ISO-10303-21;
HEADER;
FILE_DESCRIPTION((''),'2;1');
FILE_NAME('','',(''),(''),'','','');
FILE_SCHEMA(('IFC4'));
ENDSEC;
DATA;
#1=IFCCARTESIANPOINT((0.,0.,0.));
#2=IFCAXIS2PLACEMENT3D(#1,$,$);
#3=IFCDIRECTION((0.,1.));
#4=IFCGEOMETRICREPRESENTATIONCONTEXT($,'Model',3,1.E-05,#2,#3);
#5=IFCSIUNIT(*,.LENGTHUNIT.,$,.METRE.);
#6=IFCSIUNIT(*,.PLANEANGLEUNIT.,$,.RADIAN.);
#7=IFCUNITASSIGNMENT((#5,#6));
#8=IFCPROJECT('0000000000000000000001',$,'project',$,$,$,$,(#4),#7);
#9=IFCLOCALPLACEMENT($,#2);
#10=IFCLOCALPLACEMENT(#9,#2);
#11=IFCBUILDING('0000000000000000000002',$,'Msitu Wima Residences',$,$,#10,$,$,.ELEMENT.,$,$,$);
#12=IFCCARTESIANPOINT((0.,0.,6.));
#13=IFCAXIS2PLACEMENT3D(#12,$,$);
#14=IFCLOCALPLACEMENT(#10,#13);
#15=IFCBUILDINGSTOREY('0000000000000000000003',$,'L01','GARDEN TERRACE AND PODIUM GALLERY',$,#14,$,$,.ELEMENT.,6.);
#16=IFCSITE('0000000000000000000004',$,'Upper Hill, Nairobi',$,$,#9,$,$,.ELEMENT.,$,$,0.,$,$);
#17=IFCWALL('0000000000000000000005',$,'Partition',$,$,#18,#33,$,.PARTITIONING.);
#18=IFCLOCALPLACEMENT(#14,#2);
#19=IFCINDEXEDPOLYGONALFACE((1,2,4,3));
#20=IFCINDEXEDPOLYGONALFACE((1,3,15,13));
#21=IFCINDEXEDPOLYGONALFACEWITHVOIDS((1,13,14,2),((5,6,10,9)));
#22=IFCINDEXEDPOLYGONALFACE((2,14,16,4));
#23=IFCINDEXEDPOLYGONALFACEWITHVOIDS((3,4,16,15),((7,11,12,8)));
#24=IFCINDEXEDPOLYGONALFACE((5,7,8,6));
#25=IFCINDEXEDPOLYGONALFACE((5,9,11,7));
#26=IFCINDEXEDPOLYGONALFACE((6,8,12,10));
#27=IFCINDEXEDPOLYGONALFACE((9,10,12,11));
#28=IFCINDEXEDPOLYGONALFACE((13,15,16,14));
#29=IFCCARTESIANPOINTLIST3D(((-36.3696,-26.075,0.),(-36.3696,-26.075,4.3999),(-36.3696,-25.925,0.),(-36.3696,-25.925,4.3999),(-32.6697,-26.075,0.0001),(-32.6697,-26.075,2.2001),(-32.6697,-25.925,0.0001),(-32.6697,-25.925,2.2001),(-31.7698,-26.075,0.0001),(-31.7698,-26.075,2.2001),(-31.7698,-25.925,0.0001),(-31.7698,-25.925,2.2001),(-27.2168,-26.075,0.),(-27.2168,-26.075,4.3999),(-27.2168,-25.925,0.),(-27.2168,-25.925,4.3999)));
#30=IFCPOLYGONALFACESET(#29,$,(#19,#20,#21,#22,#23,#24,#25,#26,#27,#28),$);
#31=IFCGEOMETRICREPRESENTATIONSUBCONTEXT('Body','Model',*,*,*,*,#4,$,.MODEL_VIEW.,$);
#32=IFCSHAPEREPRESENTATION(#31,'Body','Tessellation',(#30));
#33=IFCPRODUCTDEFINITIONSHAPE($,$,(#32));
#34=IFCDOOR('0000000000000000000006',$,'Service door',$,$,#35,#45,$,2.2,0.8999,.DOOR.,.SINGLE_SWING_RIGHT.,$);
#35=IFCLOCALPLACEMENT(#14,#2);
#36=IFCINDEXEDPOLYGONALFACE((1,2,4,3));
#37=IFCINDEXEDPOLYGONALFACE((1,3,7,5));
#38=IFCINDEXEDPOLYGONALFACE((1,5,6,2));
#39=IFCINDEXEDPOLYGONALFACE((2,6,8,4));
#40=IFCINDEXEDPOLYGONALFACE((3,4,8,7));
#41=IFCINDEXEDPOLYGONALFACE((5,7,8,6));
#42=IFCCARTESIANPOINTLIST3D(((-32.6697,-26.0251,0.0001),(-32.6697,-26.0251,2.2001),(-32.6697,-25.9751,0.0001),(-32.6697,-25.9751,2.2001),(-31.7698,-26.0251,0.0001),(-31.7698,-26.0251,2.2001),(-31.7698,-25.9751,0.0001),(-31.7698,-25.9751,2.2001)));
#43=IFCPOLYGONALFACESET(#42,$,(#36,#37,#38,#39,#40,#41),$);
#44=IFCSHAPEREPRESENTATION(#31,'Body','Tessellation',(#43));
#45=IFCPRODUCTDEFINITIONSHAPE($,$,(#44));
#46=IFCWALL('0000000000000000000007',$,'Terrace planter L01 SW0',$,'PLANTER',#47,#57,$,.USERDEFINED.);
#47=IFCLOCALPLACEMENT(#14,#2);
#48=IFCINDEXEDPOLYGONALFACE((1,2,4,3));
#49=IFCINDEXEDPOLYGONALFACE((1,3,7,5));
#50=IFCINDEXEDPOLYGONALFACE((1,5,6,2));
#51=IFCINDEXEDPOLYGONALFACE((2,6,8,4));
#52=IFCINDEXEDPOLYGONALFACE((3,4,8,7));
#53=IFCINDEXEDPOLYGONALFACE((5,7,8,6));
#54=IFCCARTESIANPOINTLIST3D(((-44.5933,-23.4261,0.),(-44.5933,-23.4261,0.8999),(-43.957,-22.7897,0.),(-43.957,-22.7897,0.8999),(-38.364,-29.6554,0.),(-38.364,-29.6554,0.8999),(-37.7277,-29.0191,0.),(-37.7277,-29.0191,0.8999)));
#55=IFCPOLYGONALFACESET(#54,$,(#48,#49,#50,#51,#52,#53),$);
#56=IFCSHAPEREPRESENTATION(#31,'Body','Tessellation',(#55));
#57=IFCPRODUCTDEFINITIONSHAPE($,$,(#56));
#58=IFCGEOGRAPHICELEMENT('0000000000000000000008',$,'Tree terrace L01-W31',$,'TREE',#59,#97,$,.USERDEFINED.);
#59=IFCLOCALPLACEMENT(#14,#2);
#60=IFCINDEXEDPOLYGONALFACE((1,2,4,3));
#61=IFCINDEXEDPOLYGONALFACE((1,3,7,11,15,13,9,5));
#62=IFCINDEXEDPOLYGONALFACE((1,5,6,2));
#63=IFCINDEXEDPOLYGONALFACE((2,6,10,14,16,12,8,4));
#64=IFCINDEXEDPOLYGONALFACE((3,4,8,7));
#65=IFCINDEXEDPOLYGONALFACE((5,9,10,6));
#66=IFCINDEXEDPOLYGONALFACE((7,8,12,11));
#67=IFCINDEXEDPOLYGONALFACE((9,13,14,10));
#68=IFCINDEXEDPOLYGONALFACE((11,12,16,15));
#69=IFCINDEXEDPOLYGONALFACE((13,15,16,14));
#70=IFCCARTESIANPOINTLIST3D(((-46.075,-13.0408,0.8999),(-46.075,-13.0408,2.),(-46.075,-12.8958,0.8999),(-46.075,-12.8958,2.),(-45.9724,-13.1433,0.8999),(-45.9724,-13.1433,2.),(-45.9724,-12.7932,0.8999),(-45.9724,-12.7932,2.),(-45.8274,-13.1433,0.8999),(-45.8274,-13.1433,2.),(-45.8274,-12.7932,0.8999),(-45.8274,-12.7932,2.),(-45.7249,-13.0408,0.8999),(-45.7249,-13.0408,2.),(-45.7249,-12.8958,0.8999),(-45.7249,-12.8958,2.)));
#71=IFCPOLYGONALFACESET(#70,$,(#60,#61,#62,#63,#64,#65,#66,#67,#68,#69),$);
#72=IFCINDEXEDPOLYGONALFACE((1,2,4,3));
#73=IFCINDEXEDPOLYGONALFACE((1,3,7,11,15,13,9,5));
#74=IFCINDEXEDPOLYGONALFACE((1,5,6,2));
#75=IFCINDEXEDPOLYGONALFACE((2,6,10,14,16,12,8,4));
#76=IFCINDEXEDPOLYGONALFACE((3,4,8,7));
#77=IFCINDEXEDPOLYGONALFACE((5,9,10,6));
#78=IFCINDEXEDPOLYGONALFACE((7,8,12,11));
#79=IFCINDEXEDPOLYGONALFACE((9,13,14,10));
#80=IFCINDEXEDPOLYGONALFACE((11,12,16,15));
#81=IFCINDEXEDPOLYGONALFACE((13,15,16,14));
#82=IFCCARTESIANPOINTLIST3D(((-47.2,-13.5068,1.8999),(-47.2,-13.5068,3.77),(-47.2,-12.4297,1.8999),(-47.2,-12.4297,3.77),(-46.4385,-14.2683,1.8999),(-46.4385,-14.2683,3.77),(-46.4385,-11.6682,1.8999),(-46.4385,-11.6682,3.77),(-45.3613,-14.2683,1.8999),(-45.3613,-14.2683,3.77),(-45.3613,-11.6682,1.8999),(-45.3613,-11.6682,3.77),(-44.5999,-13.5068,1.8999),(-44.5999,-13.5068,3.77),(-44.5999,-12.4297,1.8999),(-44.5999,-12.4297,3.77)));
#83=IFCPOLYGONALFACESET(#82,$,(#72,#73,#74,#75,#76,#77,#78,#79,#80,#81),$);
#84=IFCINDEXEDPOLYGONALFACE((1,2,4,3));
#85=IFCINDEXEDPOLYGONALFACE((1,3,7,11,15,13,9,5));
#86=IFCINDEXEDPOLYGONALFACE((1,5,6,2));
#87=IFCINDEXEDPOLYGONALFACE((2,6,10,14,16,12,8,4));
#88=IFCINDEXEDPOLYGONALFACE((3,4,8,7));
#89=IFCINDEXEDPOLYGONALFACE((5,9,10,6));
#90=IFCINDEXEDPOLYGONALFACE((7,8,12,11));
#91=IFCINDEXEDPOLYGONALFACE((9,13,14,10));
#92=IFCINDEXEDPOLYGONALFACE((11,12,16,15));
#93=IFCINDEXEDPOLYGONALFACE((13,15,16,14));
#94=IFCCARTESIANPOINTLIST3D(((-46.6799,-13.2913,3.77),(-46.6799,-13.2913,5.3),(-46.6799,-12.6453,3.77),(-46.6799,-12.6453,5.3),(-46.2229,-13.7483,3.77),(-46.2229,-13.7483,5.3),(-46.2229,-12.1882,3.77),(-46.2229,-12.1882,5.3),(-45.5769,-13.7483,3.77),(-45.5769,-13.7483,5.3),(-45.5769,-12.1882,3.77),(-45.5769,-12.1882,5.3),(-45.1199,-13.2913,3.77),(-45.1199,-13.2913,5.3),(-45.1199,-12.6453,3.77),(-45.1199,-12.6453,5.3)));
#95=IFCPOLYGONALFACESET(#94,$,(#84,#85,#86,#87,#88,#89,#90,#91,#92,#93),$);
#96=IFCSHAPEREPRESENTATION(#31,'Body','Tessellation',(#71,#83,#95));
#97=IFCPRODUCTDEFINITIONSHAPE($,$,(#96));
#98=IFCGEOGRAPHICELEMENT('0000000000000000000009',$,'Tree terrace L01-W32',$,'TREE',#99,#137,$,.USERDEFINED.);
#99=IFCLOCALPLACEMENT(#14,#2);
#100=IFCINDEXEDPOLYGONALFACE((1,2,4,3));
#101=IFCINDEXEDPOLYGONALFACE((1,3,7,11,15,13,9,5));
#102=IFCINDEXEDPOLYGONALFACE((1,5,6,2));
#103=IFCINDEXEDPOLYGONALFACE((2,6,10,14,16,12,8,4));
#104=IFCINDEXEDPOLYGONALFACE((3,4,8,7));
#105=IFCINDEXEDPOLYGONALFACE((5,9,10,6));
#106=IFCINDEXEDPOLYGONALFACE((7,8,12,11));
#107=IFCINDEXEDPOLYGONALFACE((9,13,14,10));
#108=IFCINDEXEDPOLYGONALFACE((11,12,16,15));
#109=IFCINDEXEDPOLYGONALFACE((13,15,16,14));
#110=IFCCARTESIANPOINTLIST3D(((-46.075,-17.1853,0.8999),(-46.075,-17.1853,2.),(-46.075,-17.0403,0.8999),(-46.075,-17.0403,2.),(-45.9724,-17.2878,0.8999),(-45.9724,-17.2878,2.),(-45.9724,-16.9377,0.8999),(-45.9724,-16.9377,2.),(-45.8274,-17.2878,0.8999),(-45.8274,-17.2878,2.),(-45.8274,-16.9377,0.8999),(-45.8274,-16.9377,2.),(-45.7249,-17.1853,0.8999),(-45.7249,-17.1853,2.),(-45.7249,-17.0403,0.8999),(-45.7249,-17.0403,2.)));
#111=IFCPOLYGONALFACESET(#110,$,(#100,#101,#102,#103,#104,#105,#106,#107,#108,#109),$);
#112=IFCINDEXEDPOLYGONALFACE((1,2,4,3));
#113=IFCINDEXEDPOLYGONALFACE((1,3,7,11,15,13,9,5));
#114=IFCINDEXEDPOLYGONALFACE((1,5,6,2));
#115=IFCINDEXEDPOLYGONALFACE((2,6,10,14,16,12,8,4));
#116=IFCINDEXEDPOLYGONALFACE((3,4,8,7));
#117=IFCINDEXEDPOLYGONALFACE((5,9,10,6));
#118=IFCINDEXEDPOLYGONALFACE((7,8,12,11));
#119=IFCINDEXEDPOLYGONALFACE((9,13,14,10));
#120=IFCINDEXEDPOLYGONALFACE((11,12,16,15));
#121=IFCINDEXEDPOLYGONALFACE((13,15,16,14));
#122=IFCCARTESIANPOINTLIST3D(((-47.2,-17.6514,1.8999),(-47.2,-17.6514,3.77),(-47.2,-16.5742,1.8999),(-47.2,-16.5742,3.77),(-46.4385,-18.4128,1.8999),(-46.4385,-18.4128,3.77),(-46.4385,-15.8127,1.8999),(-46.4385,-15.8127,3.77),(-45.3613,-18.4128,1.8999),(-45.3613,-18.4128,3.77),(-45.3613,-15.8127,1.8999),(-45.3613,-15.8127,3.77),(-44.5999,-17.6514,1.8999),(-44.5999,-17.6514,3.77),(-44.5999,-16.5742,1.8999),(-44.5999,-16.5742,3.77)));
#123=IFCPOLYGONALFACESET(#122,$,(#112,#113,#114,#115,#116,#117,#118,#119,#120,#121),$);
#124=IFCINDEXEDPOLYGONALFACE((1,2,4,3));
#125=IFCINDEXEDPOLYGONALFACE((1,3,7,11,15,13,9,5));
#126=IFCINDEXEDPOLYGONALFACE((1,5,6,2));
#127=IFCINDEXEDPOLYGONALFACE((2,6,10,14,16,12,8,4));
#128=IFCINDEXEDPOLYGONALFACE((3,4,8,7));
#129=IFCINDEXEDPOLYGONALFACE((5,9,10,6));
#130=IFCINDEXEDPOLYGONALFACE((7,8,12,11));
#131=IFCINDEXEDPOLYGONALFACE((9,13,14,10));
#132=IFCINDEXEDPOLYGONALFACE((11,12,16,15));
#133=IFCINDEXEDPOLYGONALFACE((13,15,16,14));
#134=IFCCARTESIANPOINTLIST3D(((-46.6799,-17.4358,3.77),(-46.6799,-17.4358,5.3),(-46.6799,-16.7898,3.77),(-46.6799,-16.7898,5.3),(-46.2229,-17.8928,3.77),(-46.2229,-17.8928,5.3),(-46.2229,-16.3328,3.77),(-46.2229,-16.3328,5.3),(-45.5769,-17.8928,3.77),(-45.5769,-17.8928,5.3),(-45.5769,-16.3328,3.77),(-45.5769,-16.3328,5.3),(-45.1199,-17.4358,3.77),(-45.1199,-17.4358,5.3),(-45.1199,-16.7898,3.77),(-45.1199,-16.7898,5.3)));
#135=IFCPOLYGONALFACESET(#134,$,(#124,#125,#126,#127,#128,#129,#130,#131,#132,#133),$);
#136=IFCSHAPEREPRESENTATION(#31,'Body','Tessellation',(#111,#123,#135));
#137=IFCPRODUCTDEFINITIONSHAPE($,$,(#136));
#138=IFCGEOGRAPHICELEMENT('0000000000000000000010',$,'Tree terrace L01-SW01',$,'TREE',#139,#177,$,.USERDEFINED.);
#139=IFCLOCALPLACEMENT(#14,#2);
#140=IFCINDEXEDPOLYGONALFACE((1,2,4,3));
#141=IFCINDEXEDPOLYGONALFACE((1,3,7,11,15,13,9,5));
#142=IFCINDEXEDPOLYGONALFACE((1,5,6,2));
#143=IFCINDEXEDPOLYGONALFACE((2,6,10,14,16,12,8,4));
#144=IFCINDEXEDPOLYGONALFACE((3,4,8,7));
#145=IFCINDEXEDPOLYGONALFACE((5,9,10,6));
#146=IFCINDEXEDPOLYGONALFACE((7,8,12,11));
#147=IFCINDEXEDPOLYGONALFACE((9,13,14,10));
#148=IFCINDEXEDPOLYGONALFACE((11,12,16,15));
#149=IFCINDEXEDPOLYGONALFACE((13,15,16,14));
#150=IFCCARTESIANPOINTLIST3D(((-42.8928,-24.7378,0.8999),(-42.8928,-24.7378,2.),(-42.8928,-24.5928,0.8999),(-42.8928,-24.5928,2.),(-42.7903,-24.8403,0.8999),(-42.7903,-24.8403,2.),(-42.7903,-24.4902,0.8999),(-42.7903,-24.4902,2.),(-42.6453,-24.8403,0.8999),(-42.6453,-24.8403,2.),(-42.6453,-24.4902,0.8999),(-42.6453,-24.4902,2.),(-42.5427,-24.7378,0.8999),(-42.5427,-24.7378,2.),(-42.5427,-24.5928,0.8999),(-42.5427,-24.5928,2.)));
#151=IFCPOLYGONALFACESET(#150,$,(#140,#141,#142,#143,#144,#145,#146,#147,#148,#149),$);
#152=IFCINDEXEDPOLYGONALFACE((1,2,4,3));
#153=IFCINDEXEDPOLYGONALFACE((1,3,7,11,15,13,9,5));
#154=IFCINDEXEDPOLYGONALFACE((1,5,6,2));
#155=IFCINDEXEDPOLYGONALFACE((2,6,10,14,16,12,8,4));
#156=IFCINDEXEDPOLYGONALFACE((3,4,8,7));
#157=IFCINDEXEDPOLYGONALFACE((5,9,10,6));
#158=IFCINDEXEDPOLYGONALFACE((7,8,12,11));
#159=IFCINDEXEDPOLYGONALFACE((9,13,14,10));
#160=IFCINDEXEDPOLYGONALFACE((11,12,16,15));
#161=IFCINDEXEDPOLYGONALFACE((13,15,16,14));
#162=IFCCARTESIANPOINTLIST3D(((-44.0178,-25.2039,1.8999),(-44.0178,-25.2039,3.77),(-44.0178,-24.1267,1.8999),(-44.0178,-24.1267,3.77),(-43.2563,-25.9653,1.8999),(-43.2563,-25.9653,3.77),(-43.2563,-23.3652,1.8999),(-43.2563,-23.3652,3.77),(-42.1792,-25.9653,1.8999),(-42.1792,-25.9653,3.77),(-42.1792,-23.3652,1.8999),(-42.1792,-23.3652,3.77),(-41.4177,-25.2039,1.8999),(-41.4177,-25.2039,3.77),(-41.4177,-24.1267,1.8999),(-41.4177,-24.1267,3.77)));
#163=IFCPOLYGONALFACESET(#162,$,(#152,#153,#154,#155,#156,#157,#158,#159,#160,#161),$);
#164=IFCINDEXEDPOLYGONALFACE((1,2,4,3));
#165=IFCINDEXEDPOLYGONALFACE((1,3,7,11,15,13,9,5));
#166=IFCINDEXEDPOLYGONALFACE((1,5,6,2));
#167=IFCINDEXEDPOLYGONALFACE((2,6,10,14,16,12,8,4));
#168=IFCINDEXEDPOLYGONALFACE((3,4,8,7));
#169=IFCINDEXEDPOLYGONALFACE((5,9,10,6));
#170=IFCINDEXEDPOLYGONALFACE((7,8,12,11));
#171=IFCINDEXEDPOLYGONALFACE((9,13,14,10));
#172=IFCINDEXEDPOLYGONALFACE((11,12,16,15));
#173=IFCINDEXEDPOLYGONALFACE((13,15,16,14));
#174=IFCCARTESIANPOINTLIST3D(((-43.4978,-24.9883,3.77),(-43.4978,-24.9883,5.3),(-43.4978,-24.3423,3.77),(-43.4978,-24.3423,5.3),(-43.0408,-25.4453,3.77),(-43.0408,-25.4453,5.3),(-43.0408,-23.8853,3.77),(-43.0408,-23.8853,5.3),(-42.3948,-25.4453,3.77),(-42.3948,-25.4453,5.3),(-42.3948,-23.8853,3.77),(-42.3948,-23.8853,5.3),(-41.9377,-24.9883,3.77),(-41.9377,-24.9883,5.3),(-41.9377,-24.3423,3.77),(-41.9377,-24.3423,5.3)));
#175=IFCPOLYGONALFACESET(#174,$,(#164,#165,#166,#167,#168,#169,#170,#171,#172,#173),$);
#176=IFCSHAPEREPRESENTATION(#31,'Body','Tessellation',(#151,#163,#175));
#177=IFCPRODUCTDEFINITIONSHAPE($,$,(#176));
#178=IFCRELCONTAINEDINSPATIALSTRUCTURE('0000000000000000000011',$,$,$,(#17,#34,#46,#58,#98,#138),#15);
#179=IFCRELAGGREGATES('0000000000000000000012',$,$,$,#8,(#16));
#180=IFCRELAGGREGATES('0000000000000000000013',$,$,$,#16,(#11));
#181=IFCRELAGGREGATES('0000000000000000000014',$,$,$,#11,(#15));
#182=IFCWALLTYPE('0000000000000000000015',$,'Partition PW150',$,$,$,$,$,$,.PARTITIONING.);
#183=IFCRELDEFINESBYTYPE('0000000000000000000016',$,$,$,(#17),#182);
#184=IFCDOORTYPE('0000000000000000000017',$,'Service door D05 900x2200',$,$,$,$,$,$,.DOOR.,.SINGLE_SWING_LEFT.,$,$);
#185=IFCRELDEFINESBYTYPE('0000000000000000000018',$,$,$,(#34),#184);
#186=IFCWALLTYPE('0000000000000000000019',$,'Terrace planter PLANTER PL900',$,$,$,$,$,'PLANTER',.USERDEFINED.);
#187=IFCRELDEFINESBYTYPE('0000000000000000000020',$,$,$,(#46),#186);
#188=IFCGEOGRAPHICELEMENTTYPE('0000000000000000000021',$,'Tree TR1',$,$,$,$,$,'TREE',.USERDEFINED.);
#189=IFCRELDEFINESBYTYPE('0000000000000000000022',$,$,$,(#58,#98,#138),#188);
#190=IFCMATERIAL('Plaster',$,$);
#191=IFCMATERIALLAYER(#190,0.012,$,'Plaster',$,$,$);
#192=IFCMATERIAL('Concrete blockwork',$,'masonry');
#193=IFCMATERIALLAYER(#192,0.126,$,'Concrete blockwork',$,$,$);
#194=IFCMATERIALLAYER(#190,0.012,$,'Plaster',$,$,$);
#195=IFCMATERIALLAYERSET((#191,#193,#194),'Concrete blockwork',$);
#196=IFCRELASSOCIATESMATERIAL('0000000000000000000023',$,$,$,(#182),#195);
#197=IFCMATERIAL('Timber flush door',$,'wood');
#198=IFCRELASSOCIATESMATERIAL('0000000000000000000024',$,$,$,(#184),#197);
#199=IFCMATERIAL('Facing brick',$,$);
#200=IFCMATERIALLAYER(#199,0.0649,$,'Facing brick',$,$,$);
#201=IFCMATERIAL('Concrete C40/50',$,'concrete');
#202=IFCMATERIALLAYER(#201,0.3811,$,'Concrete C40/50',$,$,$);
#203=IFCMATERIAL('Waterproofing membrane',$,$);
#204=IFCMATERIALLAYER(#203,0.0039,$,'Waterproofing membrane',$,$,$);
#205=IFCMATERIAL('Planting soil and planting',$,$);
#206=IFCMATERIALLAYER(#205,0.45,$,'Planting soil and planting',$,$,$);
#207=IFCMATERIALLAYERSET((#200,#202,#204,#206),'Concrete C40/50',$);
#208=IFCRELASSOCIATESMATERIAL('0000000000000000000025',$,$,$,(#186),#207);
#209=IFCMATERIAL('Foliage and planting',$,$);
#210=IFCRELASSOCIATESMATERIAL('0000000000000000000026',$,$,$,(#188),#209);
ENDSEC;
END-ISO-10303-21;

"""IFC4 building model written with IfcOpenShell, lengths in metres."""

from ifc_helpers import new_model, si_unit, direction, frame, frame_2d, origin, place, context, subcontext, project, spatial, polyline, rectangle, outline, extrude, material, layer, layer_set, type_object, element, fill, save


model = new_model("IFC4")

# Units and contexts
model_context = context("Model", 3, precision=1e-05, world=origin(), true_north=direction((0.0, 1.0)))
body_context = subcontext(model_context, "Body", "Model", "MODEL_VIEW")
ifc_project = project(units=[si_unit("LENGTHUNIT", "METRE"), si_unit("PLANEANGLEUNIT", "RADIAN")], contexts=[model_context])

# Site, building, storey
site_placement = place(None, origin())
site = spatial("IfcSite", under=ifc_project, at=site_placement, Name="Upper Hill, Nairobi", CompositionType="ELEMENT", RefElevation=0.0)
building_placement = place(site_placement, origin())
building = spatial("IfcBuilding", under=site, at=building_placement, Name="Msitu Wima Residences", CompositionType="ELEMENT")
storey_placement = place(building_placement, frame((0.0, 0.0, 6.0)))
storey = spatial("IfcBuildingStorey", under=building, at=storey_placement, Name="L01", Description="GARDEN TERRACE AND PODIUM GALLERY", CompositionType="ELEMENT", Elevation=6.0)

# Wall, opening, door
ifc_material_1 = material(Name="Plaster")
ifc_layer_1 = layer(ifc_material_1, 0.012, Name="Plaster")
ifc_material_2 = material(Name="Concrete blockwork", Category="masonry")
ifc_layer_2 = layer(ifc_material_2, 0.126, Name="Concrete blockwork")
ifc_layer_3 = layer(ifc_material_1, 0.012, Name="Plaster")
ifc_layer_set_1 = layer_set([ifc_layer_1, ifc_layer_2, ifc_layer_3], Name="Concrete blockwork")
wall_type_1 = type_object("IfcWallType", Name="Partition PW150", PredefinedType="PARTITIONING", material=ifc_layer_set_1)
wall_1_placement = place(storey_placement, frame((-36.3696, -26.0, 0.0), z_axis=(0.0, 0.0, 1.0), x_axis=(1.0, 0.0, 0.0)))
wall_1 = element("IfcWall", 1, at=wall_1_placement, inside=storey, type_object=wall_type_1, Name="Partition", PredefinedType="PARTITIONING", context=body_context, shape_type="SweptSolid", body=[
    extrude(rectangle(XDim=9.1528, YDim=0.1499, at=frame_2d((4.5764, 0.0))), origin(), (0.0, 0.0, 1.0), 4.3999),
])
opening_1_placement = place(wall_1_placement, frame((3.7, 0.0, 0.0)))
opening_1 = element("IfcOpeningElement", 2, at=opening_1_placement, cuts=wall_1, PredefinedType="OPENING", context=body_context, shape_type="SweptSolid", body=[
    extrude(rectangle(XDim=0.8999, YDim=2.2, at=frame_2d((0.45, 1.1001))), frame((0.0, 0.085, 0.0), z_axis=(0.0, -1.0, 0.0), x_axis=(1.0, 0.0, 0.0)), (0.0, 0.0, 1.0), 0.1699),
])
ifc_material_3 = material(Name="Timber flush door", Category="wood")
door_type_1 = type_object("IfcDoorType", Name="Service door D05 900x2200", OperationType="SINGLE_SWING_LEFT", PredefinedType="DOOR", material=ifc_material_3)
door_1_placement = place(opening_1_placement, origin())
door_1 = element("IfcDoor", 3, at=door_1_placement, inside=storey, type_object=door_type_1, Name="Service door", OperationType="SINGLE_SWING_RIGHT", OverallHeight=2.2, OverallWidth=0.8999, PredefinedType="DOOR", context=body_context, shape_type="SweptSolid", body=[
    extrude(rectangle(XDim=0.8999, YDim=2.2, at=frame_2d((0.45, 1.1001))), frame((0.0, 0.0249, 0.0), z_axis=(0.0, -1.0, 0.0), x_axis=(1.0, 0.0, 0.0)), (0.0, 0.0, 1.0), 0.05),
])
fill(opening_1, door_1)

# Wall
ifc_material_4 = material(Name="Facing brick")
ifc_layer_4 = layer(ifc_material_4, 0.0649, Name="Facing brick")
ifc_material_5 = material(Name="Concrete C40/50", Category="concrete")
ifc_layer_5 = layer(ifc_material_5, 0.3811, Name="Concrete C40/50")
ifc_material_6 = material(Name="Waterproofing membrane")
ifc_layer_6 = layer(ifc_material_6, 0.0039, Name="Waterproofing membrane")
ifc_material_7 = material(Name="Planting soil and planting")
ifc_layer_7 = layer(ifc_material_7, 0.45, Name="Planting soil and planting")
ifc_layer_set_2 = layer_set([ifc_layer_4, ifc_layer_5, ifc_layer_6, ifc_layer_7], Name="Concrete C40/50")
wall_type_2 = type_object("IfcWallType", Name="Terrace planter PLANTER PL900", ElementType="PLANTER", PredefinedType="USERDEFINED", material=ifc_layer_set_2)
wall_2_placement = place(storey_placement, frame((-44.2751, -23.1079, 0.0), z_axis=(0.0, 0.0, 1.0), x_axis=(0.707107, -0.707107, 0.0)))
element("IfcWall", 4, at=wall_2_placement, inside=storey, type_object=wall_type_2, Name="Terrace planter L01 SW0", ObjectType="PLANTER", PredefinedType="USERDEFINED", context=body_context, shape_type="SweptSolid", body=[
    extrude(rectangle(XDim=8.8096, YDim=0.8999, at=frame_2d((4.4048, 0.0))), origin(), (0.0, 0.0, 1.0), 0.8999),
])

# Geographic elements
ifc_material_8 = material(Name="Foliage and planting")
geographic_element_type = type_object("IfcGeographicElementType", Name="Tree TR1", ElementType="TREE", PredefinedType="USERDEFINED", material=ifc_material_8)
for number, where, z_axis, x_axis, name in (
    (5, (-45.8999, -12.9683, 0.8999), (0.0, 0.0, 1.0), (1.0, 0.0, 0.0), "Tree terrace L01-W31"),
    (6, (-45.8999, -17.1128, 0.8999), (0.0, 0.0, 1.0), (1.0, 0.0, 0.0), "Tree terrace L01-W32"),
    (7, (-42.7178, -24.6653, 0.8999), (0.0, 0.0, 1.0), (1.0, 0.0, 0.0), "Tree terrace L01-SW01"),
):
    element("IfcGeographicElement", number, at=place(storey_placement, frame(where, z_axis=z_axis, x_axis=x_axis)), inside=storey, type_object=geographic_element_type, Name=name, ObjectType="TREE", PredefinedType="USERDEFINED", context=body_context, shape_type="SweptSolid", body=[
        extrude(outline(polyline([(0.175, 0.0725), (0.0725, 0.175), (-0.0725, 0.175), (-0.175, 0.0725), (-0.175, -0.0725), (-0.0725, -0.175), (0.0725, -0.175), (0.175, -0.0725), (0.175, 0.0725)])), origin(), (0.0, 0.0, 1.0), 1.1001),
        extrude(outline(polyline([(1.3, 0.5386), (0.5386, 1.3), (-0.5386, 1.3), (-1.3, 0.5386), (-1.3, -0.5386), (-0.5386, -1.3), (0.5386, -1.3), (1.3, -0.5386), (1.3, 0.5386)])), frame((0.0, 0.0, 1.0)), (0.0, 0.0, 1.0), 1.8701),
        extrude(outline(polyline([(0.78, 0.323), (0.323, 0.78), (-0.323, 0.78), (-0.78, 0.323), (-0.78, -0.323), (-0.323, -0.78), (0.323, -0.78), (0.78, -0.323), (0.78, 0.323)])), frame((0.0, 0.0, 2.8701)), (0.0, 0.0, 1.0), 1.53),
    ])

save(model, "model.ifc")
